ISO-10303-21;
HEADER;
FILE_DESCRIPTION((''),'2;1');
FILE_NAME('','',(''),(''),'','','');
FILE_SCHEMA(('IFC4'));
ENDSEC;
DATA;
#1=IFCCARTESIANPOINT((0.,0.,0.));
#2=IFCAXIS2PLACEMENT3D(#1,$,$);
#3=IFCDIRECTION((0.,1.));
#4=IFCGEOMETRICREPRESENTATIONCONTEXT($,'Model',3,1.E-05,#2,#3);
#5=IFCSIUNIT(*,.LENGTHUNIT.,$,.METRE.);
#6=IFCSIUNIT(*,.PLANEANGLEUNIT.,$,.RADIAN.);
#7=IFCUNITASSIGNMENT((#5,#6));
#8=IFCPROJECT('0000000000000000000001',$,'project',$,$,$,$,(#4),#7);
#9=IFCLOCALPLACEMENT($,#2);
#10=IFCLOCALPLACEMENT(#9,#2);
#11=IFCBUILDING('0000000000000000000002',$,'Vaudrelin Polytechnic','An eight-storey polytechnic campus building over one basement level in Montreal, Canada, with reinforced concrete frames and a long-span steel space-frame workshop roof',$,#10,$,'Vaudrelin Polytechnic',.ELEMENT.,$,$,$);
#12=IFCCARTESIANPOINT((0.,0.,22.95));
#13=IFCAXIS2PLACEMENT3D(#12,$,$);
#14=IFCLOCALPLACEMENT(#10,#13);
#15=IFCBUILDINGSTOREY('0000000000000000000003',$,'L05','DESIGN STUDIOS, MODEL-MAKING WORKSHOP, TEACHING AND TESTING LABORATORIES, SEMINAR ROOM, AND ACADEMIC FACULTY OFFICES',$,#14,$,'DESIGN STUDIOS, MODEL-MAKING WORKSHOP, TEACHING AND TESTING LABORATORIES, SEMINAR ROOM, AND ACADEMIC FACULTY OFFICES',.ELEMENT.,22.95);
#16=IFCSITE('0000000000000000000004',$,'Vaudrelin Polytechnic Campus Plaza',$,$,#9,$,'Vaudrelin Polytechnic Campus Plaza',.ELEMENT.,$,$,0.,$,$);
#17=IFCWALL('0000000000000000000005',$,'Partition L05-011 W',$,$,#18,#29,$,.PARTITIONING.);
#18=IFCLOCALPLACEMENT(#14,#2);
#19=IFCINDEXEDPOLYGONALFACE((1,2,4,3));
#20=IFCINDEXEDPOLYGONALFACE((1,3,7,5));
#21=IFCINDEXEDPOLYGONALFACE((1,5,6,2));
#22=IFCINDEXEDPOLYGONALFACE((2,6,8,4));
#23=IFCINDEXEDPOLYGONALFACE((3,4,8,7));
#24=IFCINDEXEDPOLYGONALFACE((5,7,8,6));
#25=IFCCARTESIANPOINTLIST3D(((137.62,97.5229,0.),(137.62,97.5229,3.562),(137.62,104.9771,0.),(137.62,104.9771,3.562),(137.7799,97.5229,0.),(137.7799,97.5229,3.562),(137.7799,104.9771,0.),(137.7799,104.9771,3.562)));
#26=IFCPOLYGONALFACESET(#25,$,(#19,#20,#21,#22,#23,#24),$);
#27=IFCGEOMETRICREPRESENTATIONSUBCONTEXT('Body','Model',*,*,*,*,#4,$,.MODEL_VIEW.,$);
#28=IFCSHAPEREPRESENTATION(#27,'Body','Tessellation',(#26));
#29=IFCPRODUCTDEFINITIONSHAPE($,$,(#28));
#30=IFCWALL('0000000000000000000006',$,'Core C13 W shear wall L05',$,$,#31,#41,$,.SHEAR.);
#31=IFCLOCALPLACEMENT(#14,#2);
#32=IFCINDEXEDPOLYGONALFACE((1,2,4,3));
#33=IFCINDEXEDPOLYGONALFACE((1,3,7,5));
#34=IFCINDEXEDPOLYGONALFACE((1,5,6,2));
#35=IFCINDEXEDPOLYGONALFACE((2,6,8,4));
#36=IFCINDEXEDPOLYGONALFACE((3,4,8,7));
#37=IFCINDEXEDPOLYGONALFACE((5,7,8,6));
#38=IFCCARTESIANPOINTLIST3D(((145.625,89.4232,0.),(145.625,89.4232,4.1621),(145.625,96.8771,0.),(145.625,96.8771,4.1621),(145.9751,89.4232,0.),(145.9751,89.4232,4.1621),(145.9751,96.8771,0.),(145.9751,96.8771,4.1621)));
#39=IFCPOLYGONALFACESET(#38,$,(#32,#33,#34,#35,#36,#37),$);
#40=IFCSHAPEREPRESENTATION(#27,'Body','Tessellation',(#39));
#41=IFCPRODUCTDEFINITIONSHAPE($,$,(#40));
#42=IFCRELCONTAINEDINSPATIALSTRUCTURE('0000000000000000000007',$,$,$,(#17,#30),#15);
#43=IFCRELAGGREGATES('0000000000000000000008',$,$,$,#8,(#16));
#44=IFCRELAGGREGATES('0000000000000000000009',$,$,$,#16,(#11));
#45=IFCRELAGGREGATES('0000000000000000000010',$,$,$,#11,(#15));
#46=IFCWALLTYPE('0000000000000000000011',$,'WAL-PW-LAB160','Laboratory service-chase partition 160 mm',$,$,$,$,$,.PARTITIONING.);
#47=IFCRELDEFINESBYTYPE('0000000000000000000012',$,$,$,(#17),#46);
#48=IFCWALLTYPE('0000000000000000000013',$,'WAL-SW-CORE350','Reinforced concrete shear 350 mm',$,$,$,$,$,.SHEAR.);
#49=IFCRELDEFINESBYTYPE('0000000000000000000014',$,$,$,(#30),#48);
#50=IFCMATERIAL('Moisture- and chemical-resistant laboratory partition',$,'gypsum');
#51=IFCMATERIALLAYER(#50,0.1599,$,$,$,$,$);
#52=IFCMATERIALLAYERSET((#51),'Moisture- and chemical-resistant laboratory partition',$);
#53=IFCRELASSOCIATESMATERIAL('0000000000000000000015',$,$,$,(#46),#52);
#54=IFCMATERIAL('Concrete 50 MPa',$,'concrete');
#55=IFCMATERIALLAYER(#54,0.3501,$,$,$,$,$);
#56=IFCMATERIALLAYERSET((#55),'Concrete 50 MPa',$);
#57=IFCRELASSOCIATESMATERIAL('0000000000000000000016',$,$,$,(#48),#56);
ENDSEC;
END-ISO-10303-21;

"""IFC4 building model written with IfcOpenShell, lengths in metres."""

from ifc_helpers import new_model, si_unit, direction, frame, frame_2d, origin, place, context, subcontext, project, spatial, rectangle, extrude, material, layer, layer_set, type_object, element, save


model = new_model("IFC4")

# Units and contexts
model_context = context("Model", 3, precision=1e-05, world=origin(), true_north=direction((0.0, 1.0)))
body_context = subcontext(model_context, "Body", "Model", "MODEL_VIEW")
ifc_project = project(units=[si_unit("LENGTHUNIT", "METRE"), si_unit("PLANEANGLEUNIT", "RADIAN")], contexts=[model_context])

# Site, building, storey
site_placement = place(None, origin())
site = spatial("IfcSite", under=ifc_project, at=site_placement, Name="Vaudrelin Polytechnic Campus Plaza", LongName="Vaudrelin Polytechnic Campus Plaza", CompositionType="ELEMENT", RefElevation=0.0)
building_placement = place(site_placement, origin())
building = spatial("IfcBuilding", under=site, at=building_placement, Name="Vaudrelin Polytechnic", Description="An eight-storey polytechnic campus building over one basement level in Montreal, Canada, with reinforced concrete frames and a long-span steel space-frame workshop roof", LongName="Vaudrelin Polytechnic", CompositionType="ELEMENT")
storey_placement = place(building_placement, frame((0.0, 0.0, 22.95)))
storey = spatial("IfcBuildingStorey", under=building, at=storey_placement, Name="L05", Description="DESIGN STUDIOS, MODEL-MAKING WORKSHOP, TEACHING AND TESTING LABORATORIES, SEMINAR ROOM, AND ACADEMIC FACULTY OFFICES", LongName="DESIGN STUDIOS, MODEL-MAKING WORKSHOP, TEACHING AND TESTING LABORATORIES, SEMINAR ROOM, AND ACADEMIC FACULTY OFFICES", CompositionType="ELEMENT", Elevation=22.95)

# Walls
ifc_material_1 = material(Name="Moisture- and chemical-resistant laboratory partition", Category="gypsum")
ifc_layer_1 = layer(ifc_material_1, 0.1599)
ifc_layer_set_1 = layer_set([ifc_layer_1], Name="Moisture- and chemical-resistant laboratory partition")
wall_type_1 = type_object("IfcWallType", Name="WAL-PW-LAB160", Description="Laboratory service-chase partition 160 mm", PredefinedType="PARTITIONING", material=ifc_layer_set_1)
wall_1_placement = place(storey_placement, frame((137.7, 97.5229, 0.0), z_axis=(0.0, 0.0, 1.0), x_axis=(0.0, 1.0, 0.0)))
element("IfcWall", 1, at=wall_1_placement, inside=storey, type_object=wall_type_1, Name="Partition L05-011 W", PredefinedType="PARTITIONING", context=body_context, shape_type="SweptSolid", body=[
    extrude(rectangle(XDim=7.4541, YDim=0.1599, at=frame_2d((3.7271, 0.0))), origin(), (0.0, 0.0, 1.0), 3.562),
])
ifc_material_2 = material(Name="Concrete 50 MPa", Category="concrete")
ifc_layer_2 = layer(ifc_material_2, 0.3501)
ifc_layer_set_2 = layer_set([ifc_layer_2], Name="Concrete 50 MPa")
wall_type_2 = type_object("IfcWallType", Name="WAL-SW-CORE350", Description="Reinforced concrete shear 350 mm", PredefinedType="SHEAR", material=ifc_layer_set_2)
wall_2_placement = place(storey_placement, frame((145.8, 89.4231, 0.0), z_axis=(0.0, 0.0, 1.0), x_axis=(0.0, 1.0, 0.0)))
element("IfcWall", 2, at=wall_2_placement, inside=storey, type_object=wall_type_2, Name="Core C13 W shear wall L05", PredefinedType="SHEAR", context=body_context, shape_type="SweptSolid", body=[
    extrude(rectangle(XDim=7.4539, YDim=0.3501, at=frame_2d((3.7271, 0.0))), origin(), (0.0, 0.0, 1.0), 4.1621),
])

save(model, "model.ifc")
